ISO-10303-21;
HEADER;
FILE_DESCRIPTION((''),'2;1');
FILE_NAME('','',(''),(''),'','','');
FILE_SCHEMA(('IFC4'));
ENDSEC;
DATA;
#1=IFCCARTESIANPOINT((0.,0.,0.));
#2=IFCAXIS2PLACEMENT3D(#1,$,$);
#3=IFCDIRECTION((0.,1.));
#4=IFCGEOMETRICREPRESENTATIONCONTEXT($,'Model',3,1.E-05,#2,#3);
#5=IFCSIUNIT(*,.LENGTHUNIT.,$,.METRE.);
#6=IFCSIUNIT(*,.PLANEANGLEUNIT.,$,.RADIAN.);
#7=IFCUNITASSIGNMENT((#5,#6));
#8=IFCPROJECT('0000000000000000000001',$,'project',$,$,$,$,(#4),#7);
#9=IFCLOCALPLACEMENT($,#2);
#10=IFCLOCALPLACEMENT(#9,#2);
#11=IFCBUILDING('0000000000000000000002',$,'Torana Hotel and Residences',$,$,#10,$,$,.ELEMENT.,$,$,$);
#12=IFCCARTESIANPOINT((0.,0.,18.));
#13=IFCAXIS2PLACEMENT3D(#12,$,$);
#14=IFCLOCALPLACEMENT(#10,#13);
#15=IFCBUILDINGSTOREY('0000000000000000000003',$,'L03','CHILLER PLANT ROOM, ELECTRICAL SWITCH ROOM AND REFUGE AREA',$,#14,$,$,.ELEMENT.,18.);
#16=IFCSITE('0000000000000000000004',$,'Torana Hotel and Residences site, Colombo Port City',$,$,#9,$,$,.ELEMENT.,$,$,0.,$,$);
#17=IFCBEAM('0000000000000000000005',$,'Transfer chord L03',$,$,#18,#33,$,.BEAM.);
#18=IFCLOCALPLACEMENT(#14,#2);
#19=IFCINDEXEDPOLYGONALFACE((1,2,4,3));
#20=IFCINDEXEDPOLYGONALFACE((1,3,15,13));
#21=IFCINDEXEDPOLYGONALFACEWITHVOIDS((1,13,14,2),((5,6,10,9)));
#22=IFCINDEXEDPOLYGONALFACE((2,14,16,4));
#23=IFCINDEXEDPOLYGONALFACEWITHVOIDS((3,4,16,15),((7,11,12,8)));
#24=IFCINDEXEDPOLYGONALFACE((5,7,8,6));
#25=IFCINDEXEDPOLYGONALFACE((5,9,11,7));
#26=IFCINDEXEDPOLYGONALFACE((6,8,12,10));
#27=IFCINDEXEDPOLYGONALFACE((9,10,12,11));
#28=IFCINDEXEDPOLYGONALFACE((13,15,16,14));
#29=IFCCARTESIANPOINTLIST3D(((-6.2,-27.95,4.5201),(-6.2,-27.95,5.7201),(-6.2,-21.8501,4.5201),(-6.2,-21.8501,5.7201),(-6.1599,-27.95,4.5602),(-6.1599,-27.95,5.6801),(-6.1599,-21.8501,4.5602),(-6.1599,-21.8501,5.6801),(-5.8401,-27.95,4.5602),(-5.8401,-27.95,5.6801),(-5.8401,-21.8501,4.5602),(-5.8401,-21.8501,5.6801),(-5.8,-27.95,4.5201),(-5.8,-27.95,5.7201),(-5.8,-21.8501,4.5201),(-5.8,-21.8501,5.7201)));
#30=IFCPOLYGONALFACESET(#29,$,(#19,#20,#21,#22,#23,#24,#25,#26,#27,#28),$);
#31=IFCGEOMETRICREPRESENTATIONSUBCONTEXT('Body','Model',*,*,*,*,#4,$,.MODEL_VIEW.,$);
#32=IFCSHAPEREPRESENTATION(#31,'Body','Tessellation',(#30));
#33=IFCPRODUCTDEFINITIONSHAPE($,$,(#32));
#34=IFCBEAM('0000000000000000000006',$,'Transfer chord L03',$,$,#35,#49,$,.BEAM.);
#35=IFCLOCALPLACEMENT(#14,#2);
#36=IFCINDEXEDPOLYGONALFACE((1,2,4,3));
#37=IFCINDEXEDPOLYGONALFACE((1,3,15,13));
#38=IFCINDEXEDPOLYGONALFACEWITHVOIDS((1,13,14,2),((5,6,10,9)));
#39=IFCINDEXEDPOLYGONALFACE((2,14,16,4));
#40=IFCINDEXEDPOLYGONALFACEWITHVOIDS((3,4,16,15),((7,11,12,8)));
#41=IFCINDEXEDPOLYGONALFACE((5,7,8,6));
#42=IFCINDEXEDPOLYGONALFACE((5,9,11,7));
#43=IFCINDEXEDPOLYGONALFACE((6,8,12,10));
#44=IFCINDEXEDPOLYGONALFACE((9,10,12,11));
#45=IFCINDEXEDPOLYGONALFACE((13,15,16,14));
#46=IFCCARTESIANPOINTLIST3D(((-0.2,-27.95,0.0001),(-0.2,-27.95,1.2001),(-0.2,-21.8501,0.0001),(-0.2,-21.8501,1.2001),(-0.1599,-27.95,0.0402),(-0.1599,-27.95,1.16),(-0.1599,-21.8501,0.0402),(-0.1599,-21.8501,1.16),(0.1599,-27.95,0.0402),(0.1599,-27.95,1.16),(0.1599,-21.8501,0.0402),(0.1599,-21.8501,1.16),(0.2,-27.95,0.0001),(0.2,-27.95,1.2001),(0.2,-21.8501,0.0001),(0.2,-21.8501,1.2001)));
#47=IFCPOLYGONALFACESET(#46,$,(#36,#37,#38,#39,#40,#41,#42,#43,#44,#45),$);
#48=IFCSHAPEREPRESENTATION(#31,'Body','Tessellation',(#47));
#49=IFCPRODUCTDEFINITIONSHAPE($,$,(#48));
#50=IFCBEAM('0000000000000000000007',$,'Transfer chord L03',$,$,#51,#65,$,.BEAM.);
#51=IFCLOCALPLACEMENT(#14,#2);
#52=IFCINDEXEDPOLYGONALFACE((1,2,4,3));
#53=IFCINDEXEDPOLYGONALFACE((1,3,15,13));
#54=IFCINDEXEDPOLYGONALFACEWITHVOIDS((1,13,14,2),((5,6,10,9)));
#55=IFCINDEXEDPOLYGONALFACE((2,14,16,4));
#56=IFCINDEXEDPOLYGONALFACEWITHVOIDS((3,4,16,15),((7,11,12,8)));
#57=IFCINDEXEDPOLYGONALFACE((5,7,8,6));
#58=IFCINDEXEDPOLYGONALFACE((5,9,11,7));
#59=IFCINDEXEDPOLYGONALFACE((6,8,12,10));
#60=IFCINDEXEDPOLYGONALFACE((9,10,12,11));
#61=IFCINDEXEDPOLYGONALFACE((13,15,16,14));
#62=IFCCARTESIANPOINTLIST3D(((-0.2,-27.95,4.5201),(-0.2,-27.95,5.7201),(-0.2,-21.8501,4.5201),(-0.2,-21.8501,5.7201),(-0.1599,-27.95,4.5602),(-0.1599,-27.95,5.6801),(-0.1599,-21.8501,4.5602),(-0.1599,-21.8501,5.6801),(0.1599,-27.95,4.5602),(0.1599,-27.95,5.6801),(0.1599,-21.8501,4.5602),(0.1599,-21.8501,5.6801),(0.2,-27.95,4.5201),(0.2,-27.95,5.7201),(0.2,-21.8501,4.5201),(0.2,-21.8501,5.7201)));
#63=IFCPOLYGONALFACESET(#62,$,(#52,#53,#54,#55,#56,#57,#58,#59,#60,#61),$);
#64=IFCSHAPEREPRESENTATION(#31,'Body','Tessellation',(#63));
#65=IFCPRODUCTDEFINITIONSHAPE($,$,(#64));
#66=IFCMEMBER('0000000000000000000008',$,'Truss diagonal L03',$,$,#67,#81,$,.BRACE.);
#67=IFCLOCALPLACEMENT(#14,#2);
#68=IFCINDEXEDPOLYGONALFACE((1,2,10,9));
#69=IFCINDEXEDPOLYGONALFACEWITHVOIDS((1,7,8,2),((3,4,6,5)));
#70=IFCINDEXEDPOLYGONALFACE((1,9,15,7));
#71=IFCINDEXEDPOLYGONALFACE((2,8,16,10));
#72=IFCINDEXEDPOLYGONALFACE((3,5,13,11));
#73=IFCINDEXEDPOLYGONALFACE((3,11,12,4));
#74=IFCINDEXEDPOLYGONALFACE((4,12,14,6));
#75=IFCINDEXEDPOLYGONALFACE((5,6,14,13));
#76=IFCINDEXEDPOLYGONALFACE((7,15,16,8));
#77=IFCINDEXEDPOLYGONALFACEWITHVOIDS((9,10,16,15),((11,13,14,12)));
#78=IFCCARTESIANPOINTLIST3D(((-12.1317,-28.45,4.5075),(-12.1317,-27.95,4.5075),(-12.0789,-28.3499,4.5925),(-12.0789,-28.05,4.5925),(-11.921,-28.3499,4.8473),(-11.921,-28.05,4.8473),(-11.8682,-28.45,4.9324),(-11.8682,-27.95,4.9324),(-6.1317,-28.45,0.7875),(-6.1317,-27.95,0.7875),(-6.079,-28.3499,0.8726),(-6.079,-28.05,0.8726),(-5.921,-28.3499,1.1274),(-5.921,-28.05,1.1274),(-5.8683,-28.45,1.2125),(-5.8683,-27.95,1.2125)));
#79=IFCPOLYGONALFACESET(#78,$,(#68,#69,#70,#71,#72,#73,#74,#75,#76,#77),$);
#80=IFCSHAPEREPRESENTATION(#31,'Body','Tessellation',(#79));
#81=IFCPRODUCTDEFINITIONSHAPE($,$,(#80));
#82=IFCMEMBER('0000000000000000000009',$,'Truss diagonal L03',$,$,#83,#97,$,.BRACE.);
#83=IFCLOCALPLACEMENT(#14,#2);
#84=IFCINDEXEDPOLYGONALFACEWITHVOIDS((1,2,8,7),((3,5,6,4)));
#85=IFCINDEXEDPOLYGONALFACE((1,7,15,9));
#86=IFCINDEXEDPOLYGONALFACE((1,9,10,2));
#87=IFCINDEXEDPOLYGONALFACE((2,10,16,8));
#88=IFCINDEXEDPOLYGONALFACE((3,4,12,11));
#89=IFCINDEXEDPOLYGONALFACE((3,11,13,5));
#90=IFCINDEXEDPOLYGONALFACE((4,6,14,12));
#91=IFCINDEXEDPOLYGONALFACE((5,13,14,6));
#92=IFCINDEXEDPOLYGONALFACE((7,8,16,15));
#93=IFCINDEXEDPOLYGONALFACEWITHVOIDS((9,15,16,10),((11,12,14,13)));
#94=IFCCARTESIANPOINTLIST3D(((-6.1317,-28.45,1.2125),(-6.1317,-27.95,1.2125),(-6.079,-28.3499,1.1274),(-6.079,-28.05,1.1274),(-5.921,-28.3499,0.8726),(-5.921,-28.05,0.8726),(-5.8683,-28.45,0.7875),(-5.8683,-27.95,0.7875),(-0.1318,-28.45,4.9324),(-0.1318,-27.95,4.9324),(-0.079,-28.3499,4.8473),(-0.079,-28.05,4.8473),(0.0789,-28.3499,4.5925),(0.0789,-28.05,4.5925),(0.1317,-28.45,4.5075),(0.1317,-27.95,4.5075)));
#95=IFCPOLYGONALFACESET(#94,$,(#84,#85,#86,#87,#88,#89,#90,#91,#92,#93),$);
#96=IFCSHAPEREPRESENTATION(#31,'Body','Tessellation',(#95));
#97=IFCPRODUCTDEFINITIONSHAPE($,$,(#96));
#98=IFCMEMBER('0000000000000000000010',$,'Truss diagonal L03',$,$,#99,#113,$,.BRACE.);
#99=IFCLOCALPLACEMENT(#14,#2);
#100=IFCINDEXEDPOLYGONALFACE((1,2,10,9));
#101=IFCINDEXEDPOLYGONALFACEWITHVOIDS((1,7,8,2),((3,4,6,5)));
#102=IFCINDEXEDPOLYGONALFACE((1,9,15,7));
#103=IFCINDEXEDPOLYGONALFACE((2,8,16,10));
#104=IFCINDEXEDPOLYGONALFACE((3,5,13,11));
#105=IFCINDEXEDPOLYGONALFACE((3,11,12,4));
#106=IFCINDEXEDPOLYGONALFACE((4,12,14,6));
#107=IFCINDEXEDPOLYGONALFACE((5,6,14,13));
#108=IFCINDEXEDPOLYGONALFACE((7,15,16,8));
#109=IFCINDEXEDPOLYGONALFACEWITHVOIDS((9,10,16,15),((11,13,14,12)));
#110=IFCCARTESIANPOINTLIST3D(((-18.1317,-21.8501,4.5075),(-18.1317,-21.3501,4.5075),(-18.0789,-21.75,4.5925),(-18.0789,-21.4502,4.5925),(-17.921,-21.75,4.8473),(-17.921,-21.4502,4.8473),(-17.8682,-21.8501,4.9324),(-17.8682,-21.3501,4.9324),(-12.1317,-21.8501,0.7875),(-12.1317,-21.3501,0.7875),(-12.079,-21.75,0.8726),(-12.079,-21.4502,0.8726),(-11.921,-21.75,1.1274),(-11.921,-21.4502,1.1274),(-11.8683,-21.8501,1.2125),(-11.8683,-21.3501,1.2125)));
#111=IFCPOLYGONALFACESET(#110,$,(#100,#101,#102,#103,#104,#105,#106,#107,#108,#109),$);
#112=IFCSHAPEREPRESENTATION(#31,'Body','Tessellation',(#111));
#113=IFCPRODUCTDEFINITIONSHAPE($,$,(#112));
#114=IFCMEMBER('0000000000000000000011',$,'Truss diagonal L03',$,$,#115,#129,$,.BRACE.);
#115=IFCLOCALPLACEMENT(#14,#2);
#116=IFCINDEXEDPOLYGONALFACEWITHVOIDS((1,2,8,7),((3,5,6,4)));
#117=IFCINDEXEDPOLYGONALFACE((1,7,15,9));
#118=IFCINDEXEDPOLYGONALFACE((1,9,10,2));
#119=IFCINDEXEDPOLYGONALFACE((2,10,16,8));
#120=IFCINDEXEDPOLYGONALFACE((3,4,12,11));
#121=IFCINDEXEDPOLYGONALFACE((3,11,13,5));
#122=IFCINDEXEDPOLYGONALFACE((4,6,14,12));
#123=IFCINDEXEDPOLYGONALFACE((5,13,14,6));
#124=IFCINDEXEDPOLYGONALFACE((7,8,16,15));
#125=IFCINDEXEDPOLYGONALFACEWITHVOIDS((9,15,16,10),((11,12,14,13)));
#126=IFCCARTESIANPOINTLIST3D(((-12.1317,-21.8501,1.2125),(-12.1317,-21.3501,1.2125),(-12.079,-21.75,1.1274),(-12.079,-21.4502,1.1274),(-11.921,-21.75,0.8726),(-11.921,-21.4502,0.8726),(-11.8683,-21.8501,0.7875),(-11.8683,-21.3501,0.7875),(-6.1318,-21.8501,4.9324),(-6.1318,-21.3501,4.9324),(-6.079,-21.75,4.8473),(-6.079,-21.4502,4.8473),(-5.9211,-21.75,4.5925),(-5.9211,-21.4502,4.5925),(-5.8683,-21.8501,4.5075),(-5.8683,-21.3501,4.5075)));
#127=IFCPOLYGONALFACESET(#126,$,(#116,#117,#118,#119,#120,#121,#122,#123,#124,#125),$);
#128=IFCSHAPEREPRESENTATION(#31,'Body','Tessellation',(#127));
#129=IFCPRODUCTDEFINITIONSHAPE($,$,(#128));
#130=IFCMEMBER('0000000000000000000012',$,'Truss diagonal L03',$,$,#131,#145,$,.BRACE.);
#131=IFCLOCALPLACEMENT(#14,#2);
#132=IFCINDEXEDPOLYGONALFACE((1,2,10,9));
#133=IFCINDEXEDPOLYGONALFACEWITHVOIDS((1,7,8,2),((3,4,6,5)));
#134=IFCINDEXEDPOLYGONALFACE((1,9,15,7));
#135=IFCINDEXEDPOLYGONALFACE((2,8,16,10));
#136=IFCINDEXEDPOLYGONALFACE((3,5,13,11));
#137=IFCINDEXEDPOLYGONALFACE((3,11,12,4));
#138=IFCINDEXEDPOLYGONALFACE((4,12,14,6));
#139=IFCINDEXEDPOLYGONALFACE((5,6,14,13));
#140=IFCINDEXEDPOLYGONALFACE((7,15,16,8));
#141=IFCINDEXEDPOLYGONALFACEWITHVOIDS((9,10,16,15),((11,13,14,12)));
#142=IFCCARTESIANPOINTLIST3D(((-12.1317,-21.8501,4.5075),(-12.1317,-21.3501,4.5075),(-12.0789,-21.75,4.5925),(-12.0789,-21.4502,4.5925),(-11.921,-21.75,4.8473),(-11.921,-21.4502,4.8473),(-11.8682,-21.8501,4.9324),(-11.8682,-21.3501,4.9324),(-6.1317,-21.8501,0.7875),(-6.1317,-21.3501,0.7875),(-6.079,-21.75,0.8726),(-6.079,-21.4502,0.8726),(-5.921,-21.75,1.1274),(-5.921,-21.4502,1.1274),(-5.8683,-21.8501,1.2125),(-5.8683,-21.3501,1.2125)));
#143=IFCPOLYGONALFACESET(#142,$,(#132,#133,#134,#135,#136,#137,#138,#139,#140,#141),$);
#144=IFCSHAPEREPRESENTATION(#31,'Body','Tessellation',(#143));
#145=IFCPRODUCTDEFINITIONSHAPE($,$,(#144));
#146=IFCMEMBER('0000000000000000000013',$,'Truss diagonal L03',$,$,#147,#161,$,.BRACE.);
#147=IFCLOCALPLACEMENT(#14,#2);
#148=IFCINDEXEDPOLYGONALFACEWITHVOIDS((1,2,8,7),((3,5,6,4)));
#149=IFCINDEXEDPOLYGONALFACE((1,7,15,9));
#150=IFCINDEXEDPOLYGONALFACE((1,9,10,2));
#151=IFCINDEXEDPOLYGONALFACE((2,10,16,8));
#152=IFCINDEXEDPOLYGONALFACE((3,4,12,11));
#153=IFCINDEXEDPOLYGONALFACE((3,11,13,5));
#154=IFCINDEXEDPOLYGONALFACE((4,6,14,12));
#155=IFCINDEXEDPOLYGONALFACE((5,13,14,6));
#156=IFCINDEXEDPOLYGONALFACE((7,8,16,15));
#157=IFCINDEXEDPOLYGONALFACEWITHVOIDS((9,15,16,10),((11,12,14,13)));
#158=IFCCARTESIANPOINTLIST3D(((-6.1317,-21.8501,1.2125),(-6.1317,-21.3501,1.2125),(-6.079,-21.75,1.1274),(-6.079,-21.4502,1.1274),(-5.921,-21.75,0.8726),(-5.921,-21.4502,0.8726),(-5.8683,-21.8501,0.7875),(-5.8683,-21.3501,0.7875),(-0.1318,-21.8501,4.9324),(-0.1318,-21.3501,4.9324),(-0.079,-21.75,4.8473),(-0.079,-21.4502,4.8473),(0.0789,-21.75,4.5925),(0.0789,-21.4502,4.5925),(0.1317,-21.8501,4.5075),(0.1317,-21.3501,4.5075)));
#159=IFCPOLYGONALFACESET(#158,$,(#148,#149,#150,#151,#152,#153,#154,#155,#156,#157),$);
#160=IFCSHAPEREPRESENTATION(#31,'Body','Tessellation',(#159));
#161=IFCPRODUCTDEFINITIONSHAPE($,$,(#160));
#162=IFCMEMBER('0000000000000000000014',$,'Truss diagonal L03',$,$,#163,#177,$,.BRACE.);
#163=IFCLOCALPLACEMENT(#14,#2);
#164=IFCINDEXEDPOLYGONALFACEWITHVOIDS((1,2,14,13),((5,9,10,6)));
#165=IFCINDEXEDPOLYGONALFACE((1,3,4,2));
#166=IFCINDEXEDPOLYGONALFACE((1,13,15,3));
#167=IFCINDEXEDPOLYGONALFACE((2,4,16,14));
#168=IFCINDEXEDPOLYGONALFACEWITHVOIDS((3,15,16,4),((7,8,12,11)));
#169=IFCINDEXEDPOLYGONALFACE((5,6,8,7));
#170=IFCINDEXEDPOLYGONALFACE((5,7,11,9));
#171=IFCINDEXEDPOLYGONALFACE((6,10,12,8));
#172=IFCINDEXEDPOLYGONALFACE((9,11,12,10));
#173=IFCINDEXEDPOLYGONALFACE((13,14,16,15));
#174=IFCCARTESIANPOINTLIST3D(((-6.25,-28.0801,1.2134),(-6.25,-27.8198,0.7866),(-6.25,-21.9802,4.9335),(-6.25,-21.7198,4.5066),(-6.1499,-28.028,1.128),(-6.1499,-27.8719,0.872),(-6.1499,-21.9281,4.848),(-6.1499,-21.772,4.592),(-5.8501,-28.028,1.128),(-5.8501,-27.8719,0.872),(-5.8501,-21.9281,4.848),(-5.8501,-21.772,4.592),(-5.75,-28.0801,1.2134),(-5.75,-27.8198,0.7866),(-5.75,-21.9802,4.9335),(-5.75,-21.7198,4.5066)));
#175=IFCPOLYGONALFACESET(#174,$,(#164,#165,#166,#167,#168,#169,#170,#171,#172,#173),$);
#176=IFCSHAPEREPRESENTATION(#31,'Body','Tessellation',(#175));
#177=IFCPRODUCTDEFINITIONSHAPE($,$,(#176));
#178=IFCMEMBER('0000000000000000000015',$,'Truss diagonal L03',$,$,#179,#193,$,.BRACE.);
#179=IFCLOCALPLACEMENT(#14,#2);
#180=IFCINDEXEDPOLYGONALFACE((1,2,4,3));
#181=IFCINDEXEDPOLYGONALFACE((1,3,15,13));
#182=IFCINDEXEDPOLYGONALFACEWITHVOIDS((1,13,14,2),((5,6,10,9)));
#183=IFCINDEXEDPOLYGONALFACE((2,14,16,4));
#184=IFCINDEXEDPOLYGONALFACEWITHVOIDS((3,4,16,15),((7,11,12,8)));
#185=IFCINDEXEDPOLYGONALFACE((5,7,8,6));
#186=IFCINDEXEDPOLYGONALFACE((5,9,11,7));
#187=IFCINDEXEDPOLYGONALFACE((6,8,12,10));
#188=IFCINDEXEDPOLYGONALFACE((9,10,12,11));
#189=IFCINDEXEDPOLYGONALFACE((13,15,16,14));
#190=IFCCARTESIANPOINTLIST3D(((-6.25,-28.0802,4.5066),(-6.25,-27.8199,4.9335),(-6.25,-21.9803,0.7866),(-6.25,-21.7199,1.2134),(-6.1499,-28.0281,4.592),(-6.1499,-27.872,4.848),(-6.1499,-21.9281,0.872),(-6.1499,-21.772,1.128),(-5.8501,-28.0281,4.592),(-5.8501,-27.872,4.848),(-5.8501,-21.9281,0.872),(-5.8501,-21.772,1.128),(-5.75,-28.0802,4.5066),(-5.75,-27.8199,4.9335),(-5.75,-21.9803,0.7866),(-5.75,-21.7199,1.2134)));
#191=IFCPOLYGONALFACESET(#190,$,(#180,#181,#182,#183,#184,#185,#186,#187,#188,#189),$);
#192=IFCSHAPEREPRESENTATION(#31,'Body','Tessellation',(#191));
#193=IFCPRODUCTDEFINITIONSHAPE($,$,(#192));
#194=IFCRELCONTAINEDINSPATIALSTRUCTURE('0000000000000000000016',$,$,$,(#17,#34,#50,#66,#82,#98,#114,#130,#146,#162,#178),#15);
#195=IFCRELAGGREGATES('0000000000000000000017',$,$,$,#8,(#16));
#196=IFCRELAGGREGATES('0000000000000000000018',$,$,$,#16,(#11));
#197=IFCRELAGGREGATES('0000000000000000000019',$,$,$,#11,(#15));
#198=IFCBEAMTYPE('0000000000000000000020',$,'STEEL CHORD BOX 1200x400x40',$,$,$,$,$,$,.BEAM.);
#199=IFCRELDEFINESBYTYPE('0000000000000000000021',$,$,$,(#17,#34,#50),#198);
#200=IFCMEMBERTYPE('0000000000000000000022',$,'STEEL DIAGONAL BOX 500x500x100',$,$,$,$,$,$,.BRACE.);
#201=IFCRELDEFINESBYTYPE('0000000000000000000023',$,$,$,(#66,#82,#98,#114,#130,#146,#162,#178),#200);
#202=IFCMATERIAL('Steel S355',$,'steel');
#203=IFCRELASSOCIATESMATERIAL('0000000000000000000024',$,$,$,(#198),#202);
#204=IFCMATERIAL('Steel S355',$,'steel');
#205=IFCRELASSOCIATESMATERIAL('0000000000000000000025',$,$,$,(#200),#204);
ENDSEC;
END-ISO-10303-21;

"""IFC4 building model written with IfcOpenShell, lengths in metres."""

from ifc_helpers import new_model, si_unit, direction, frame, origin, origin_2d, place, context, subcontext, project, spatial, hollow_rectangle, extrude, material, material_profile, profile_set, type_object, element, save


model = new_model("IFC4")

# Units and contexts
model_context = context("Model", 3, precision=1e-05, world=origin(), true_north=direction((0.0, 1.0)))
body_context = subcontext(model_context, "Body", "Model", "MODEL_VIEW")
ifc_project = project(units=[si_unit("LENGTHUNIT", "METRE"), si_unit("PLANEANGLEUNIT", "RADIAN")], contexts=[model_context])

# Site, building, storey
site_placement = place(None, origin())
site = spatial("IfcSite", under=ifc_project, at=site_placement, Name="Torana Hotel and Residences site, Colombo Port City", CompositionType="ELEMENT", RefElevation=0.0)
building_placement = place(site_placement, origin())
building = spatial("IfcBuilding", under=site, at=building_placement, Name="Torana Hotel and Residences", CompositionType="ELEMENT")
storey_placement = place(building_placement, frame((0.0, 0.0, 18.0)))
storey = spatial("IfcBuildingStorey", under=building, at=storey_placement, Name="L03", Description="CHILLER PLANT ROOM, ELECTRICAL SWITCH ROOM AND REFUGE AREA", CompositionType="ELEMENT", Elevation=18.0)

# Beams
ifc_material_1 = material(Name="Steel S355", Category="steel")
ifc_material_profile_1 = material_profile(ifc_material_1, hollow_rectangle(XDim=0.3999, YDim=1.2, WallThickness=0.04, at=origin_2d()), Name="BOX 1200x400x40")
ifc_profile_set_1 = profile_set([ifc_material_profile_1], Name="Steel S355")
beam_type_1 = type_object("IfcBeamType", Name="STEEL CHORD BOX 1200x400x40", PredefinedType="BEAM", material=ifc_profile_set_1)
for number, where, z_axis, x_axis, name in (
    (1, (-6.0, -27.95, 5.1201), (0.0, 1.0, 0.0), (-1.0, 0.0, 0.0), "Transfer chord L03"),
    (2, (0.0, -27.95, 0.6001), (0.0, 1.0, 0.0), (-1.0, 0.0, 0.0), "Transfer chord L03"),
    (3, (0.0, -27.95, 5.1201), (0.0, 1.0, 0.0), (-1.0, 0.0, 0.0), "Transfer chord L03"),
):
    element("IfcBeam", number, at=place(storey_placement, frame(where, z_axis=z_axis, x_axis=x_axis)), inside=storey, type_object=beam_type_1, Name=name, PredefinedType="BEAM", context=body_context, shape_type="SweptSolid", body=[
        extrude(hollow_rectangle(XDim=0.3999, YDim=1.2, WallThickness=0.04, at=origin_2d()), origin(), (0.0, 0.0, 1.0), 6.0999),
    ])

# Members
ifc_material_2 = material(Name="Steel S355", Category="steel")
ifc_material_profile_2 = material_profile(ifc_material_2, hollow_rectangle(XDim=0.5, YDim=0.5, WallThickness=0.1001, at=origin_2d()), Name="BOX 500x500x100")
ifc_profile_set_2 = profile_set([ifc_material_profile_2], Name="Steel S355")
member_type_1 = type_object("IfcMemberType", Name="STEEL DIAGONAL BOX 500x500x100", PredefinedType="BRACE", material=ifc_profile_set_2)
for number, where, z_axis, x_axis, name in (
    (4, (-6.0, -28.2, 1.0), (-0.849905, 0.0, 0.526937), (0.0, -1.0, 0.0), "Truss diagonal L03"),
    (5, (-6.0, -28.2, 1.0), (0.849905, 0.0, 0.526937), (0.0, 1.0, 0.0), "Truss diagonal L03"),
    (6, (-12.0, -21.6001, 1.0), (-0.849905, 0.0, 0.526937), (0.0, -1.0, 0.0), "Truss diagonal L03"),
    (7, (-12.0, -21.6001, 1.0), (0.849905, 0.0, 0.526937), (0.0, 1.0, 0.0), "Truss diagonal L03"),
    (8, (-6.0, -21.6001, 1.0), (-0.849905, 0.0, 0.526937), (0.0, -1.0, 0.0), "Truss diagonal L03"),
    (9, (-6.0, -21.6001, 1.0), (0.849905, 0.0, 0.526937), (0.0, 1.0, 0.0), "Truss diagonal L03"),
):
    element("IfcMember", number, at=place(storey_placement, frame(where, z_axis=z_axis, x_axis=x_axis)), inside=storey, type_object=member_type_1, Name=name, PredefinedType="BRACE", context=body_context, shape_type="SweptSolid", body=[
        extrude(hollow_rectangle(XDim=0.5, YDim=0.5, WallThickness=0.1001, at=origin_2d()), origin(), (0.0, 0.0, 1.0), 7.0596),
    ])
for number, where, z_axis, x_axis, name in (
    (10, (-6.0, -27.95, 1.0), (0.0, 0.853762, 0.520663), (-1.0, 0.0, 0.0), "Truss diagonal L03"),
    (11, (-6.0, -21.8501, 1.0), (0.0, -0.853762, 0.520663), (1.0, 0.0, 0.0), "Truss diagonal L03"),
):
    element("IfcMember", number, at=place(storey_placement, frame(where, z_axis=z_axis, x_axis=x_axis)), inside=storey, type_object=member_type_1, Name=name, PredefinedType="BRACE", context=body_context, shape_type="SweptSolid", body=[
        extrude(hollow_rectangle(XDim=0.5, YDim=0.5, WallThickness=0.1001, at=origin_2d()), origin(), (0.0, 0.0, 1.0), 7.1448),
    ])

save(model, "model.ifc")
